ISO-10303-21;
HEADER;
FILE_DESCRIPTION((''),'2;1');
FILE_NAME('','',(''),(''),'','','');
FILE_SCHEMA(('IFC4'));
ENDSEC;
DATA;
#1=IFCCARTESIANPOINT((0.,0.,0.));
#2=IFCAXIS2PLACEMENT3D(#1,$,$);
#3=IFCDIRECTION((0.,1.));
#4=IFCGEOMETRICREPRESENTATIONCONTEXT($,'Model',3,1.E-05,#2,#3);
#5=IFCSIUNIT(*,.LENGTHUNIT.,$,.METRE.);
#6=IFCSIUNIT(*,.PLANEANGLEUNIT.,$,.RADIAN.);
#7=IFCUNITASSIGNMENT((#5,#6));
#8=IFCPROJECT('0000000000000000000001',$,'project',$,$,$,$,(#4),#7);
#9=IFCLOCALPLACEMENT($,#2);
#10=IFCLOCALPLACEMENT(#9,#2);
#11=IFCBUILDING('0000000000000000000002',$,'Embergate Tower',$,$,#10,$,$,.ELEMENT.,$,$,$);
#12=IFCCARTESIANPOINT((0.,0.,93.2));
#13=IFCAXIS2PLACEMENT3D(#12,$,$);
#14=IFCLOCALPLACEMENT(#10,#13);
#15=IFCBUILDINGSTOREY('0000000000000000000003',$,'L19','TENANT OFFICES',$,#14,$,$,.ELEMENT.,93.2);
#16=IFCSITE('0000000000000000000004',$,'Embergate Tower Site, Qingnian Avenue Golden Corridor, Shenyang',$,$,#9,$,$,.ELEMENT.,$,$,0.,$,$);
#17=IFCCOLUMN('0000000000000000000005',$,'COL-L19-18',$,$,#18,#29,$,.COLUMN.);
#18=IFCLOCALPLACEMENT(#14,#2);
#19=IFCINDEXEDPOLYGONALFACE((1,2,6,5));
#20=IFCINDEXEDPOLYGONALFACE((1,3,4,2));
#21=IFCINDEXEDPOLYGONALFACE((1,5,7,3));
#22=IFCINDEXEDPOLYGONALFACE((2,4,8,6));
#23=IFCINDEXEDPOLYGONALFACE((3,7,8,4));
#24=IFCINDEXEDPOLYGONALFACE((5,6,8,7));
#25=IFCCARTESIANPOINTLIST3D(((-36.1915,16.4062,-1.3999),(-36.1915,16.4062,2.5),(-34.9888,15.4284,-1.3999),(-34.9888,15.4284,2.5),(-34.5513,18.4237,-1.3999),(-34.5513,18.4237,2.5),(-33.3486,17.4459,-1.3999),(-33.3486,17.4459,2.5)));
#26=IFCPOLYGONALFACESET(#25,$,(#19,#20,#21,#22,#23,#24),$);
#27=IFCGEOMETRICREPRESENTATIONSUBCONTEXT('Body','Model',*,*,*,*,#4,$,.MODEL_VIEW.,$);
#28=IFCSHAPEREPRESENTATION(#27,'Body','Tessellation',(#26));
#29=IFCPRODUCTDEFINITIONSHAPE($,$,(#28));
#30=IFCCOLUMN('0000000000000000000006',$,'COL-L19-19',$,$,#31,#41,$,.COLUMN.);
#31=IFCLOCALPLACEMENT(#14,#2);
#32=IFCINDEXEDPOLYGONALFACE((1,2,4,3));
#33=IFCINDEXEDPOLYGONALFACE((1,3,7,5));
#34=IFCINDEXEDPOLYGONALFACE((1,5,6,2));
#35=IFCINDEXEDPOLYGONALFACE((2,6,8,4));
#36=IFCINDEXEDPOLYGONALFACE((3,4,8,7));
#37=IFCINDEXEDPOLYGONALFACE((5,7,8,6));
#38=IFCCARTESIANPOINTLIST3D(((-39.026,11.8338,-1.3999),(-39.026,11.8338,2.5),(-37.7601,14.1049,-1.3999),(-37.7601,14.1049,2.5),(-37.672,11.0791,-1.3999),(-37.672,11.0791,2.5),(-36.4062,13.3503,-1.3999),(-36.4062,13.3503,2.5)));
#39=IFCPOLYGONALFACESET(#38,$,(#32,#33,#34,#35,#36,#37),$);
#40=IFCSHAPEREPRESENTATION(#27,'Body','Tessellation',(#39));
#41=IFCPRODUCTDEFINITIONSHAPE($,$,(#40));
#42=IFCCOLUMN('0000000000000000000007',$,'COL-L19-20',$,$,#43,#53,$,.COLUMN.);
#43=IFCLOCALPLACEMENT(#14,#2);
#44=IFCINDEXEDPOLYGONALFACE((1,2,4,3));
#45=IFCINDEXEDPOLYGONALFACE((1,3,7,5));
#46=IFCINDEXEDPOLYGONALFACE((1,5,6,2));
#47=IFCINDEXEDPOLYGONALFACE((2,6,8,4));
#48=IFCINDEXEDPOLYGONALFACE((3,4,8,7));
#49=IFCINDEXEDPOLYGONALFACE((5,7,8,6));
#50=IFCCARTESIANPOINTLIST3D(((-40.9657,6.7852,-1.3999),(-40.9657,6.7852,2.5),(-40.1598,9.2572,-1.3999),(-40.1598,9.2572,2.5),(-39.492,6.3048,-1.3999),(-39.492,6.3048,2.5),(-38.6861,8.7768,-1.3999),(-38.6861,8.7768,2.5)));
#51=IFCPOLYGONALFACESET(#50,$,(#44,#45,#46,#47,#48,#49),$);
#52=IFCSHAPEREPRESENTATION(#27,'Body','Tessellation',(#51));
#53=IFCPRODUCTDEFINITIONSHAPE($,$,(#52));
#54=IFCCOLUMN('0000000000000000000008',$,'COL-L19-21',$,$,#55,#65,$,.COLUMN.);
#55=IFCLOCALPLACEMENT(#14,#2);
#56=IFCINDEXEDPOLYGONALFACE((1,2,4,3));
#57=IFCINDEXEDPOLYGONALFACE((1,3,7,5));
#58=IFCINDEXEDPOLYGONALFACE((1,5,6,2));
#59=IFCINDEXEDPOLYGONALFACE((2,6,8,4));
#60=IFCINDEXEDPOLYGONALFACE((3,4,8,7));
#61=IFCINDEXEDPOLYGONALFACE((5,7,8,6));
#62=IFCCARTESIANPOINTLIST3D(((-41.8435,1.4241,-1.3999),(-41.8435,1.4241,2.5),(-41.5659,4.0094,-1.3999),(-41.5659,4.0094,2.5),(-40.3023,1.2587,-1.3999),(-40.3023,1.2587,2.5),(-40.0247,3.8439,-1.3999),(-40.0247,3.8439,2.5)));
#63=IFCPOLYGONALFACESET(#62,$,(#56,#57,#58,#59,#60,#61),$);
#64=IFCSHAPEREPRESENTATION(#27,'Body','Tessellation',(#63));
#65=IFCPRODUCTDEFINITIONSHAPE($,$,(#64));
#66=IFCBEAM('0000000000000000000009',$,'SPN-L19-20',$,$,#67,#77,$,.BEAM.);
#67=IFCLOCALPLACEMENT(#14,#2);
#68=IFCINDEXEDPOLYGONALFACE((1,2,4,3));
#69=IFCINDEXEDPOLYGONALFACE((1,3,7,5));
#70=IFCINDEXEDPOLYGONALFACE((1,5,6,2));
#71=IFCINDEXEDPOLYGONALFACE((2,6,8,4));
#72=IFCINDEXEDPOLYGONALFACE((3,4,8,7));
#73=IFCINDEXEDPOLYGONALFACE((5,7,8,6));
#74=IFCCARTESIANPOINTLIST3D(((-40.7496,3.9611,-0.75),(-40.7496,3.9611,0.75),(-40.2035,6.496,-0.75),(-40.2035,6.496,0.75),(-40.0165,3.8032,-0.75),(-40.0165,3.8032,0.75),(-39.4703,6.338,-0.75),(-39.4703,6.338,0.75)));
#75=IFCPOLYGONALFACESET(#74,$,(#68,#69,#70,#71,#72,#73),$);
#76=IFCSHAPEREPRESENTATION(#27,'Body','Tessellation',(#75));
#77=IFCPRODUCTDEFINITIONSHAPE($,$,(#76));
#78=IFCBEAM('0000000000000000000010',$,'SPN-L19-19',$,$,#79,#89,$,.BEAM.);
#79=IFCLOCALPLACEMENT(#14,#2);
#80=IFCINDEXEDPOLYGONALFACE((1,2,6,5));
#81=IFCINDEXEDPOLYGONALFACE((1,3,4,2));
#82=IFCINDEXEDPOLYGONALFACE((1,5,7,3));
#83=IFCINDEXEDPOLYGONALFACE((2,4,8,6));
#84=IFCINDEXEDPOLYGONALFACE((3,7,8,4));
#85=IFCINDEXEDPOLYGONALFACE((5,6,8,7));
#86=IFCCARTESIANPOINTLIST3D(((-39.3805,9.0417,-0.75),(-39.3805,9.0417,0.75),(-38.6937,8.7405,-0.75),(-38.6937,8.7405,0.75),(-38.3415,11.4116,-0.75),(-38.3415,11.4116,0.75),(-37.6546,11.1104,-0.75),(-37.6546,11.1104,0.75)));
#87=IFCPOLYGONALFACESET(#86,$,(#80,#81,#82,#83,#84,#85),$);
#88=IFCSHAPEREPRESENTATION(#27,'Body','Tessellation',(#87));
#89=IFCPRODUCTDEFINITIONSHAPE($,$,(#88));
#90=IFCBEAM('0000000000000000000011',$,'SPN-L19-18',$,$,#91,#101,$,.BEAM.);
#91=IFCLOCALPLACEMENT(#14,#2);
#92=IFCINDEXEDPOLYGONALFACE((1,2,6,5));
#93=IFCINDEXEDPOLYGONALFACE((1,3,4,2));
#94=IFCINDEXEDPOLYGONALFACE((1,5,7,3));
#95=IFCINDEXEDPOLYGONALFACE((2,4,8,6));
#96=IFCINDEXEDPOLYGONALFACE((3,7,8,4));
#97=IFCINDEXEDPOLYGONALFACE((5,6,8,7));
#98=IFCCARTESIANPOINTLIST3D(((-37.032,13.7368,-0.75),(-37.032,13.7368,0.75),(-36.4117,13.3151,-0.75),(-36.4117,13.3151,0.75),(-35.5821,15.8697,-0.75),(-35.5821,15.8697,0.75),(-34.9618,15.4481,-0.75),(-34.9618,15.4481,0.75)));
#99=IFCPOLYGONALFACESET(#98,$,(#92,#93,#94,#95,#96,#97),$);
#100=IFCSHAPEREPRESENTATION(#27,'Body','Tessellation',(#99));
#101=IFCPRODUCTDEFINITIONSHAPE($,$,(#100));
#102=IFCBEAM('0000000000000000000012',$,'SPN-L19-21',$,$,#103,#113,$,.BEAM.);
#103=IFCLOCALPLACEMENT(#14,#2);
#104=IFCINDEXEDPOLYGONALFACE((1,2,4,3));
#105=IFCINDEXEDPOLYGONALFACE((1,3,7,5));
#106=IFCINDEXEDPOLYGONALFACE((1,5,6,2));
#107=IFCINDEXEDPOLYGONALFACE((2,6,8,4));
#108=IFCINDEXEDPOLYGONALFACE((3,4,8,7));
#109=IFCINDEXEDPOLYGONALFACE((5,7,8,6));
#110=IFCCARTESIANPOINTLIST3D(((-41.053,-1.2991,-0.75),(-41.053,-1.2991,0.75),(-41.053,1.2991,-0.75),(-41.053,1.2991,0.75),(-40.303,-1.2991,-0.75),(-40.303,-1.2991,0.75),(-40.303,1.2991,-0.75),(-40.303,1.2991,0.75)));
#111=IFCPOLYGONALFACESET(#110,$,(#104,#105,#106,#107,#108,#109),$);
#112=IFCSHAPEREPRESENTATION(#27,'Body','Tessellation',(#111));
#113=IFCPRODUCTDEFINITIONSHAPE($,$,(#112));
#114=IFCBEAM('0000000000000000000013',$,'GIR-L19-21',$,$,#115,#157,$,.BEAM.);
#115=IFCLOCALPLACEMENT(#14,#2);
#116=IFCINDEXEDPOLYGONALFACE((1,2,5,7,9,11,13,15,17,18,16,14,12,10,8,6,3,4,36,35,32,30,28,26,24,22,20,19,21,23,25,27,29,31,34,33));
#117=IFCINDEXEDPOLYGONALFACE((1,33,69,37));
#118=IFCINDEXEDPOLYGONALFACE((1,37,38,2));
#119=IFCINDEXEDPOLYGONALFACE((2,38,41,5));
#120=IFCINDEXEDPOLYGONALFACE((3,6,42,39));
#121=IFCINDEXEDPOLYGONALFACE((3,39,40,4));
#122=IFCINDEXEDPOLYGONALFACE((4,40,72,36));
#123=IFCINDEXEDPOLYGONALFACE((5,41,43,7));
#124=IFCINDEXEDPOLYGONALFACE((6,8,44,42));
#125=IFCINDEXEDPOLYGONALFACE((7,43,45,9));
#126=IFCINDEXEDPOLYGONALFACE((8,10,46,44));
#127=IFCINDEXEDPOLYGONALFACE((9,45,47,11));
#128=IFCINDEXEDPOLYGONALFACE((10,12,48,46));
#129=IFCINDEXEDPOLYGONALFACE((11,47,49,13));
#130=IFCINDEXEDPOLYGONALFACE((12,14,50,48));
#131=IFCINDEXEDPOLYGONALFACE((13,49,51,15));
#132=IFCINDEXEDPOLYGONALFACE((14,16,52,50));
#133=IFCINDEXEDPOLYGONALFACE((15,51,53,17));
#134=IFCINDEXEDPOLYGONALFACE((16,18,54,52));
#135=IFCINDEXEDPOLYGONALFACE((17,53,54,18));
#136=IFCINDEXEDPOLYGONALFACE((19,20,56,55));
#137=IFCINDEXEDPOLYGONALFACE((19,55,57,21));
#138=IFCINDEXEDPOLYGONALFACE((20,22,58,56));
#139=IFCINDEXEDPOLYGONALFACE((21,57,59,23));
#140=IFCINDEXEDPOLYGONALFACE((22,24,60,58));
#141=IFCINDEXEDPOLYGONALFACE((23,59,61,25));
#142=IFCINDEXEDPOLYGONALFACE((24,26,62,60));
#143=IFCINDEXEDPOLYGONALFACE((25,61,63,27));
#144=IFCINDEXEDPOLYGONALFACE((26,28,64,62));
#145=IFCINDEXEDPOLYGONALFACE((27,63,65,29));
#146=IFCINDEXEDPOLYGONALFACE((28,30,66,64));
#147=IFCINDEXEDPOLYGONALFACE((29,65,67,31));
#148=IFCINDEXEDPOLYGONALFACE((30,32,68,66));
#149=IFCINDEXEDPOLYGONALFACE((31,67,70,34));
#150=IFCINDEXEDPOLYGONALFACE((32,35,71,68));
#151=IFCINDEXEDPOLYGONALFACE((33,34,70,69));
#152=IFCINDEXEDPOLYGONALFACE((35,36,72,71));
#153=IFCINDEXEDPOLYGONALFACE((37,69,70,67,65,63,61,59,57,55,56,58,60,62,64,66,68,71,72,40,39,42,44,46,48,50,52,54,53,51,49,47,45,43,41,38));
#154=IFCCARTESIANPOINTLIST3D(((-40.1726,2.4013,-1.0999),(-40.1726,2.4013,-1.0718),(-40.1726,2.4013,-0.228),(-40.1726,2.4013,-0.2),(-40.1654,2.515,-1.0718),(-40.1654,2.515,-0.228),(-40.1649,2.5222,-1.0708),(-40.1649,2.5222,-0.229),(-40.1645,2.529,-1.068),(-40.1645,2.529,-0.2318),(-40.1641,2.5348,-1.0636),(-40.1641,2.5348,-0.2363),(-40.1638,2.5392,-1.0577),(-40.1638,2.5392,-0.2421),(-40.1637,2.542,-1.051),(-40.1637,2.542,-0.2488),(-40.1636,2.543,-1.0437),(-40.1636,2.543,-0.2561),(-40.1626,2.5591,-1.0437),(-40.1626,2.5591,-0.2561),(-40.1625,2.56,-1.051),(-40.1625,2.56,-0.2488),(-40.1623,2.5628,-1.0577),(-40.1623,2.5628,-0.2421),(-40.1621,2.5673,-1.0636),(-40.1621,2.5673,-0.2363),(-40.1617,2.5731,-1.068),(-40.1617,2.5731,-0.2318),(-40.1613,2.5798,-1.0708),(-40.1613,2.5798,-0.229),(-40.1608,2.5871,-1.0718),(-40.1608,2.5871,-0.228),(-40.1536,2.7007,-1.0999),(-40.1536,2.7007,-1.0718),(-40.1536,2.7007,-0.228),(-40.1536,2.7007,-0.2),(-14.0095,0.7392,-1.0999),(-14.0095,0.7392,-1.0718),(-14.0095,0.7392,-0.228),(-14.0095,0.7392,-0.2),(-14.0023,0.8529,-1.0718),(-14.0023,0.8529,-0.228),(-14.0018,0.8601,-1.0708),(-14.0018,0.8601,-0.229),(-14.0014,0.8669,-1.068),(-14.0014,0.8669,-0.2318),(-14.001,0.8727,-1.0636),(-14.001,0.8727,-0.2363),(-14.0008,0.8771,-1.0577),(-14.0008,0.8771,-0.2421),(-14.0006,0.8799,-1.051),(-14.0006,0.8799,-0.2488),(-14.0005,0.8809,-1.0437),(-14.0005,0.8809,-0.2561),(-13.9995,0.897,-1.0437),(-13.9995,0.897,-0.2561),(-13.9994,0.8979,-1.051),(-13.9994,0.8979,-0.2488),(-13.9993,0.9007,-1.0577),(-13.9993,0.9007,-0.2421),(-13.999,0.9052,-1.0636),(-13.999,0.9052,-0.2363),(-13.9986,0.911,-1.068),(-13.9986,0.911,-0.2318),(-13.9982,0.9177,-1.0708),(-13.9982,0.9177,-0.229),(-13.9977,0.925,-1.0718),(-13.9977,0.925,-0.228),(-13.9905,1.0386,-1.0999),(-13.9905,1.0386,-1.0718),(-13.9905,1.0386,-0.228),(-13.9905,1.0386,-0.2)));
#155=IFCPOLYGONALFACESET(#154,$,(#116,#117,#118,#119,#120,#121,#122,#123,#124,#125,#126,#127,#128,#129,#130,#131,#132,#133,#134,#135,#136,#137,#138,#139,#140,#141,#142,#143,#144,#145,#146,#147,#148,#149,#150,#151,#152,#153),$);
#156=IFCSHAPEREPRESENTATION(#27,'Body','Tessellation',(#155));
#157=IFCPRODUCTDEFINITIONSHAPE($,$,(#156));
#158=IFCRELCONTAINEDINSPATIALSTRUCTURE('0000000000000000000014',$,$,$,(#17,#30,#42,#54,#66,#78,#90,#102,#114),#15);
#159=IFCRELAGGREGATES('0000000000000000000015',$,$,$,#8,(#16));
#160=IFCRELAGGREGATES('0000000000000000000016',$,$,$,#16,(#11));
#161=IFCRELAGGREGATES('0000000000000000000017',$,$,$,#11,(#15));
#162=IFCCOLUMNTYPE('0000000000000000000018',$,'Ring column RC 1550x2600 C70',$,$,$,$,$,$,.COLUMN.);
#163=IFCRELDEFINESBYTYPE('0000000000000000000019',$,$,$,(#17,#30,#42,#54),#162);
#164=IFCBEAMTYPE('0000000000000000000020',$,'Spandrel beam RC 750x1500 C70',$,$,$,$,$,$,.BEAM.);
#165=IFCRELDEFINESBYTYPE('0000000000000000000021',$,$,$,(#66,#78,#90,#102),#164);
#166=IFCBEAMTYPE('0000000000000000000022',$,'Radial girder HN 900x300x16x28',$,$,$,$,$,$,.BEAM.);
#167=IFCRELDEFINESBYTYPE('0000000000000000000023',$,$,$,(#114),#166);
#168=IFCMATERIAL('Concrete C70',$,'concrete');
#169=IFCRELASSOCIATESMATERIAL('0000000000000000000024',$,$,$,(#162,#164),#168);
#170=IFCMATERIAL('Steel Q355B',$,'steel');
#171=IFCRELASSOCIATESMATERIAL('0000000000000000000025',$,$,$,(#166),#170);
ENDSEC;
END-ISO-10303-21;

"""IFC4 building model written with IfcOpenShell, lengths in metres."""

from ifc_helpers import new_model, si_unit, direction, frame, origin, origin_2d, place, context, subcontext, project, spatial, rectangle, i_section, extrude, source, transform, mapped, material, material_profile, profile_set, type_object, element, save


model = new_model("IFC4")

# Units and contexts
model_context = context("Model", 3, precision=1e-05, world=origin(), true_north=direction((0.0, 1.0)))
body_context = subcontext(model_context, "Body", "Model", "MODEL_VIEW")
ifc_project = project(units=[si_unit("LENGTHUNIT", "METRE"), si_unit("PLANEANGLEUNIT", "RADIAN")], contexts=[model_context])

# Site, building, storey
site_placement = place(None, origin())
site = spatial("IfcSite", under=ifc_project, at=site_placement, Name="Embergate Tower Site, Qingnian Avenue Golden Corridor, Shenyang", CompositionType="ELEMENT", RefElevation=0.0)
building_placement = place(site_placement, origin())
building = spatial("IfcBuilding", under=site, at=building_placement, Name="Embergate Tower", CompositionType="ELEMENT")
storey_placement = place(building_placement, frame((0.0, 0.0, 93.2)))
storey = spatial("IfcBuildingStorey", under=building, at=storey_placement, Name="L19", Description="TENANT OFFICES", CompositionType="ELEMENT", Elevation=93.2)

# Columns
ifc_material_1 = material(Name="Concrete C70", Category="concrete")
ifc_material_profile_1 = material_profile(ifc_material_1, rectangle(XDim=1.55, YDim=2.6001, at=origin_2d()), Name="RC 1550x2600")
ifc_profile_set_1 = profile_set([ifc_material_profile_1], Name="Concrete C70")
column_type = type_object("IfcColumnType", Name="Ring column RC 1550x2600 C70", PredefinedType="COLUMN", material=ifc_profile_set_1)
shared_shape_1 = source(origin(), body_context, "Body", "SweptSolid", [
    extrude(rectangle(XDim=1.55, YDim=2.6001, at=origin_2d()), origin(), (0.0, 0.0, 1.0), 3.8999),
])
for number, where, z_axis, x_axis, name in (
    (1, (-34.77, 16.926, -1.3999), (0.0, 0.0, 1.0), (-0.775925, 0.630825, 0.0), "COL-L19-18"),
    (2, (-37.7161, 12.592, -1.3999), (0.0, 0.0, 1.0), (-0.873492, 0.486839, 0.0), "COL-L19-19"),
    (3, (-39.8259, 7.781, -1.3999), (0.0, 0.0, 1.0), (-0.950754, 0.309946, 0.0), "COL-L19-20"),
    (4, (-40.9341, 2.634, -1.3999), (0.0, 0.0, 1.0), (-0.994286, 0.10675, 0.0), "COL-L19-21"),
):
    element("IfcColumn", number, at=place(storey_placement, frame(where, z_axis=z_axis, x_axis=x_axis)), inside=storey, type_object=column_type, Name=name, PredefinedType="COLUMN", context=body_context, shape_type="MappedRepresentation", body=[
        mapped(shared_shape_1, transform((0.0, 0.0, 0.0))),
    ])

# Beams
ifc_material_profile_2 = material_profile(ifc_material_1, rectangle(XDim=0.75, YDim=1.5, at=origin_2d()), Name="RC 750x1500")
ifc_profile_set_2 = profile_set([ifc_material_profile_2], Name="Concrete C70")
beam_type_1 = type_object("IfcBeamType", Name="Spandrel beam RC 750x1500 C70", PredefinedType="BEAM", material=ifc_profile_set_2)
shared_shape_2 = source(origin(), body_context, "Body", "SweptSolid", [
    extrude(rectangle(XDim=0.75, YDim=1.5, at=origin_2d()), origin(), (0.0, 0.0, 1.0), 2.593),
])
beam_1_placement = place(storey_placement, frame((-39.8369, 6.417, 0.0), z_axis=(-0.210616, -0.977569, 0.0), x_axis=(0.977569, -0.210616, 0.0)))
element("IfcBeam", 5, at=beam_1_placement, inside=storey, type_object=beam_type_1, Name="SPN-L19-20", PredefinedType="BEAM", context=body_context, shape_type="MappedRepresentation", body=[
    mapped(shared_shape_2, transform((0.0, 0.0, 0.0))),
])
shared_shape_3 = source(origin(), body_context, "Body", "SweptSolid", [
    extrude(rectangle(XDim=0.75, YDim=1.5, at=origin_2d()), origin(), (0.0, 0.0, 1.0), 2.5876),
])
beam_2_placement = place(storey_placement, frame((-37.998, 11.261, 0.0), z_axis=(-0.401546, -0.915839, 0.0), x_axis=(0.915839, -0.401546, 0.0)))
element("IfcBeam", 6, at=beam_2_placement, inside=storey, type_object=beam_type_1, Name="SPN-L19-19", PredefinedType="BEAM", context=body_context, shape_type="MappedRepresentation", body=[
    mapped(shared_shape_3, transform((0.0, 0.0, 0.0))),
])
shared_shape_4 = source(origin(), body_context, "Body", "SweptSolid", [
    extrude(rectangle(XDim=0.75, YDim=1.5, at=origin_2d()), origin(), (0.0, 0.0, 1.0), 2.5791),
])
beam_3_placement = place(storey_placement, frame((-35.272, 15.6589, 0.0), z_axis=(-0.56217, -0.827022, 0.0), x_axis=(0.827022, -0.56217, 0.0)))
element("IfcBeam", 7, at=beam_3_placement, inside=storey, type_object=beam_type_1, Name="SPN-L19-18", PredefinedType="BEAM", context=body_context, shape_type="MappedRepresentation", body=[
    mapped(shared_shape_4, transform((0.0, 0.0, 0.0))),
])
shared_shape_5 = source(origin(), body_context, "Body", "SweptSolid", [
    extrude(rectangle(XDim=0.75, YDim=1.5, at=origin_2d()), origin(), (0.0, 0.0, 1.0), 2.5981),
])
beam_4_placement = place(storey_placement, frame((-40.678, 1.2991, 0.0), z_axis=(0.0, -1.0, 0.0), x_axis=(1.0, 0.0, 0.0)))
element("IfcBeam", 8, at=beam_4_placement, inside=storey, type_object=beam_type_1, Name="SPN-L19-21", PredefinedType="BEAM", context=body_context, shape_type="MappedRepresentation", body=[
    mapped(shared_shape_5, transform((0.0, 0.0, 0.0))),
])
ifc_material_2 = material(Name="Steel Q355B", Category="steel")
ifc_material_profile_3 = material_profile(ifc_material_2, i_section(OverallWidth=0.3, OverallDepth=0.8999, WebThickness=0.0161, FlangeThickness=0.0281, FilletRadius=0.0281, at=origin_2d()), Name="HN 900x300x16x28")
ifc_profile_set_3 = profile_set([ifc_material_profile_3], Name="Steel Q355 grade B")
beam_type_2 = type_object("IfcBeamType", Name="Radial girder HN 900x300x16x28", PredefinedType="BEAM", material=ifc_profile_set_3)
shared_shape_6 = source(origin(), body_context, "Body", "SweptSolid", [
    extrude(i_section(OverallWidth=0.3, OverallDepth=0.8999, WebThickness=0.0161, FlangeThickness=0.0281, FilletRadius=0.0281, at=origin_2d()), origin(), (0.0, 0.0, 1.0), 26.2158),
])
beam_5_placement = place(storey_placement, frame((-40.1631, 2.551, -0.6499), z_axis=(0.997988, -0.063401, 0.0), x_axis=(0.063401, 0.997988, 0.0)))
element("IfcBeam", 9, at=beam_5_placement, inside=storey, type_object=beam_type_2, Name="GIR-L19-21", PredefinedType="BEAM", context=body_context, shape_type="MappedRepresentation", body=[
    mapped(shared_shape_6, transform((0.0, 0.0, 0.0))),
])

save(model, "model.ifc")
